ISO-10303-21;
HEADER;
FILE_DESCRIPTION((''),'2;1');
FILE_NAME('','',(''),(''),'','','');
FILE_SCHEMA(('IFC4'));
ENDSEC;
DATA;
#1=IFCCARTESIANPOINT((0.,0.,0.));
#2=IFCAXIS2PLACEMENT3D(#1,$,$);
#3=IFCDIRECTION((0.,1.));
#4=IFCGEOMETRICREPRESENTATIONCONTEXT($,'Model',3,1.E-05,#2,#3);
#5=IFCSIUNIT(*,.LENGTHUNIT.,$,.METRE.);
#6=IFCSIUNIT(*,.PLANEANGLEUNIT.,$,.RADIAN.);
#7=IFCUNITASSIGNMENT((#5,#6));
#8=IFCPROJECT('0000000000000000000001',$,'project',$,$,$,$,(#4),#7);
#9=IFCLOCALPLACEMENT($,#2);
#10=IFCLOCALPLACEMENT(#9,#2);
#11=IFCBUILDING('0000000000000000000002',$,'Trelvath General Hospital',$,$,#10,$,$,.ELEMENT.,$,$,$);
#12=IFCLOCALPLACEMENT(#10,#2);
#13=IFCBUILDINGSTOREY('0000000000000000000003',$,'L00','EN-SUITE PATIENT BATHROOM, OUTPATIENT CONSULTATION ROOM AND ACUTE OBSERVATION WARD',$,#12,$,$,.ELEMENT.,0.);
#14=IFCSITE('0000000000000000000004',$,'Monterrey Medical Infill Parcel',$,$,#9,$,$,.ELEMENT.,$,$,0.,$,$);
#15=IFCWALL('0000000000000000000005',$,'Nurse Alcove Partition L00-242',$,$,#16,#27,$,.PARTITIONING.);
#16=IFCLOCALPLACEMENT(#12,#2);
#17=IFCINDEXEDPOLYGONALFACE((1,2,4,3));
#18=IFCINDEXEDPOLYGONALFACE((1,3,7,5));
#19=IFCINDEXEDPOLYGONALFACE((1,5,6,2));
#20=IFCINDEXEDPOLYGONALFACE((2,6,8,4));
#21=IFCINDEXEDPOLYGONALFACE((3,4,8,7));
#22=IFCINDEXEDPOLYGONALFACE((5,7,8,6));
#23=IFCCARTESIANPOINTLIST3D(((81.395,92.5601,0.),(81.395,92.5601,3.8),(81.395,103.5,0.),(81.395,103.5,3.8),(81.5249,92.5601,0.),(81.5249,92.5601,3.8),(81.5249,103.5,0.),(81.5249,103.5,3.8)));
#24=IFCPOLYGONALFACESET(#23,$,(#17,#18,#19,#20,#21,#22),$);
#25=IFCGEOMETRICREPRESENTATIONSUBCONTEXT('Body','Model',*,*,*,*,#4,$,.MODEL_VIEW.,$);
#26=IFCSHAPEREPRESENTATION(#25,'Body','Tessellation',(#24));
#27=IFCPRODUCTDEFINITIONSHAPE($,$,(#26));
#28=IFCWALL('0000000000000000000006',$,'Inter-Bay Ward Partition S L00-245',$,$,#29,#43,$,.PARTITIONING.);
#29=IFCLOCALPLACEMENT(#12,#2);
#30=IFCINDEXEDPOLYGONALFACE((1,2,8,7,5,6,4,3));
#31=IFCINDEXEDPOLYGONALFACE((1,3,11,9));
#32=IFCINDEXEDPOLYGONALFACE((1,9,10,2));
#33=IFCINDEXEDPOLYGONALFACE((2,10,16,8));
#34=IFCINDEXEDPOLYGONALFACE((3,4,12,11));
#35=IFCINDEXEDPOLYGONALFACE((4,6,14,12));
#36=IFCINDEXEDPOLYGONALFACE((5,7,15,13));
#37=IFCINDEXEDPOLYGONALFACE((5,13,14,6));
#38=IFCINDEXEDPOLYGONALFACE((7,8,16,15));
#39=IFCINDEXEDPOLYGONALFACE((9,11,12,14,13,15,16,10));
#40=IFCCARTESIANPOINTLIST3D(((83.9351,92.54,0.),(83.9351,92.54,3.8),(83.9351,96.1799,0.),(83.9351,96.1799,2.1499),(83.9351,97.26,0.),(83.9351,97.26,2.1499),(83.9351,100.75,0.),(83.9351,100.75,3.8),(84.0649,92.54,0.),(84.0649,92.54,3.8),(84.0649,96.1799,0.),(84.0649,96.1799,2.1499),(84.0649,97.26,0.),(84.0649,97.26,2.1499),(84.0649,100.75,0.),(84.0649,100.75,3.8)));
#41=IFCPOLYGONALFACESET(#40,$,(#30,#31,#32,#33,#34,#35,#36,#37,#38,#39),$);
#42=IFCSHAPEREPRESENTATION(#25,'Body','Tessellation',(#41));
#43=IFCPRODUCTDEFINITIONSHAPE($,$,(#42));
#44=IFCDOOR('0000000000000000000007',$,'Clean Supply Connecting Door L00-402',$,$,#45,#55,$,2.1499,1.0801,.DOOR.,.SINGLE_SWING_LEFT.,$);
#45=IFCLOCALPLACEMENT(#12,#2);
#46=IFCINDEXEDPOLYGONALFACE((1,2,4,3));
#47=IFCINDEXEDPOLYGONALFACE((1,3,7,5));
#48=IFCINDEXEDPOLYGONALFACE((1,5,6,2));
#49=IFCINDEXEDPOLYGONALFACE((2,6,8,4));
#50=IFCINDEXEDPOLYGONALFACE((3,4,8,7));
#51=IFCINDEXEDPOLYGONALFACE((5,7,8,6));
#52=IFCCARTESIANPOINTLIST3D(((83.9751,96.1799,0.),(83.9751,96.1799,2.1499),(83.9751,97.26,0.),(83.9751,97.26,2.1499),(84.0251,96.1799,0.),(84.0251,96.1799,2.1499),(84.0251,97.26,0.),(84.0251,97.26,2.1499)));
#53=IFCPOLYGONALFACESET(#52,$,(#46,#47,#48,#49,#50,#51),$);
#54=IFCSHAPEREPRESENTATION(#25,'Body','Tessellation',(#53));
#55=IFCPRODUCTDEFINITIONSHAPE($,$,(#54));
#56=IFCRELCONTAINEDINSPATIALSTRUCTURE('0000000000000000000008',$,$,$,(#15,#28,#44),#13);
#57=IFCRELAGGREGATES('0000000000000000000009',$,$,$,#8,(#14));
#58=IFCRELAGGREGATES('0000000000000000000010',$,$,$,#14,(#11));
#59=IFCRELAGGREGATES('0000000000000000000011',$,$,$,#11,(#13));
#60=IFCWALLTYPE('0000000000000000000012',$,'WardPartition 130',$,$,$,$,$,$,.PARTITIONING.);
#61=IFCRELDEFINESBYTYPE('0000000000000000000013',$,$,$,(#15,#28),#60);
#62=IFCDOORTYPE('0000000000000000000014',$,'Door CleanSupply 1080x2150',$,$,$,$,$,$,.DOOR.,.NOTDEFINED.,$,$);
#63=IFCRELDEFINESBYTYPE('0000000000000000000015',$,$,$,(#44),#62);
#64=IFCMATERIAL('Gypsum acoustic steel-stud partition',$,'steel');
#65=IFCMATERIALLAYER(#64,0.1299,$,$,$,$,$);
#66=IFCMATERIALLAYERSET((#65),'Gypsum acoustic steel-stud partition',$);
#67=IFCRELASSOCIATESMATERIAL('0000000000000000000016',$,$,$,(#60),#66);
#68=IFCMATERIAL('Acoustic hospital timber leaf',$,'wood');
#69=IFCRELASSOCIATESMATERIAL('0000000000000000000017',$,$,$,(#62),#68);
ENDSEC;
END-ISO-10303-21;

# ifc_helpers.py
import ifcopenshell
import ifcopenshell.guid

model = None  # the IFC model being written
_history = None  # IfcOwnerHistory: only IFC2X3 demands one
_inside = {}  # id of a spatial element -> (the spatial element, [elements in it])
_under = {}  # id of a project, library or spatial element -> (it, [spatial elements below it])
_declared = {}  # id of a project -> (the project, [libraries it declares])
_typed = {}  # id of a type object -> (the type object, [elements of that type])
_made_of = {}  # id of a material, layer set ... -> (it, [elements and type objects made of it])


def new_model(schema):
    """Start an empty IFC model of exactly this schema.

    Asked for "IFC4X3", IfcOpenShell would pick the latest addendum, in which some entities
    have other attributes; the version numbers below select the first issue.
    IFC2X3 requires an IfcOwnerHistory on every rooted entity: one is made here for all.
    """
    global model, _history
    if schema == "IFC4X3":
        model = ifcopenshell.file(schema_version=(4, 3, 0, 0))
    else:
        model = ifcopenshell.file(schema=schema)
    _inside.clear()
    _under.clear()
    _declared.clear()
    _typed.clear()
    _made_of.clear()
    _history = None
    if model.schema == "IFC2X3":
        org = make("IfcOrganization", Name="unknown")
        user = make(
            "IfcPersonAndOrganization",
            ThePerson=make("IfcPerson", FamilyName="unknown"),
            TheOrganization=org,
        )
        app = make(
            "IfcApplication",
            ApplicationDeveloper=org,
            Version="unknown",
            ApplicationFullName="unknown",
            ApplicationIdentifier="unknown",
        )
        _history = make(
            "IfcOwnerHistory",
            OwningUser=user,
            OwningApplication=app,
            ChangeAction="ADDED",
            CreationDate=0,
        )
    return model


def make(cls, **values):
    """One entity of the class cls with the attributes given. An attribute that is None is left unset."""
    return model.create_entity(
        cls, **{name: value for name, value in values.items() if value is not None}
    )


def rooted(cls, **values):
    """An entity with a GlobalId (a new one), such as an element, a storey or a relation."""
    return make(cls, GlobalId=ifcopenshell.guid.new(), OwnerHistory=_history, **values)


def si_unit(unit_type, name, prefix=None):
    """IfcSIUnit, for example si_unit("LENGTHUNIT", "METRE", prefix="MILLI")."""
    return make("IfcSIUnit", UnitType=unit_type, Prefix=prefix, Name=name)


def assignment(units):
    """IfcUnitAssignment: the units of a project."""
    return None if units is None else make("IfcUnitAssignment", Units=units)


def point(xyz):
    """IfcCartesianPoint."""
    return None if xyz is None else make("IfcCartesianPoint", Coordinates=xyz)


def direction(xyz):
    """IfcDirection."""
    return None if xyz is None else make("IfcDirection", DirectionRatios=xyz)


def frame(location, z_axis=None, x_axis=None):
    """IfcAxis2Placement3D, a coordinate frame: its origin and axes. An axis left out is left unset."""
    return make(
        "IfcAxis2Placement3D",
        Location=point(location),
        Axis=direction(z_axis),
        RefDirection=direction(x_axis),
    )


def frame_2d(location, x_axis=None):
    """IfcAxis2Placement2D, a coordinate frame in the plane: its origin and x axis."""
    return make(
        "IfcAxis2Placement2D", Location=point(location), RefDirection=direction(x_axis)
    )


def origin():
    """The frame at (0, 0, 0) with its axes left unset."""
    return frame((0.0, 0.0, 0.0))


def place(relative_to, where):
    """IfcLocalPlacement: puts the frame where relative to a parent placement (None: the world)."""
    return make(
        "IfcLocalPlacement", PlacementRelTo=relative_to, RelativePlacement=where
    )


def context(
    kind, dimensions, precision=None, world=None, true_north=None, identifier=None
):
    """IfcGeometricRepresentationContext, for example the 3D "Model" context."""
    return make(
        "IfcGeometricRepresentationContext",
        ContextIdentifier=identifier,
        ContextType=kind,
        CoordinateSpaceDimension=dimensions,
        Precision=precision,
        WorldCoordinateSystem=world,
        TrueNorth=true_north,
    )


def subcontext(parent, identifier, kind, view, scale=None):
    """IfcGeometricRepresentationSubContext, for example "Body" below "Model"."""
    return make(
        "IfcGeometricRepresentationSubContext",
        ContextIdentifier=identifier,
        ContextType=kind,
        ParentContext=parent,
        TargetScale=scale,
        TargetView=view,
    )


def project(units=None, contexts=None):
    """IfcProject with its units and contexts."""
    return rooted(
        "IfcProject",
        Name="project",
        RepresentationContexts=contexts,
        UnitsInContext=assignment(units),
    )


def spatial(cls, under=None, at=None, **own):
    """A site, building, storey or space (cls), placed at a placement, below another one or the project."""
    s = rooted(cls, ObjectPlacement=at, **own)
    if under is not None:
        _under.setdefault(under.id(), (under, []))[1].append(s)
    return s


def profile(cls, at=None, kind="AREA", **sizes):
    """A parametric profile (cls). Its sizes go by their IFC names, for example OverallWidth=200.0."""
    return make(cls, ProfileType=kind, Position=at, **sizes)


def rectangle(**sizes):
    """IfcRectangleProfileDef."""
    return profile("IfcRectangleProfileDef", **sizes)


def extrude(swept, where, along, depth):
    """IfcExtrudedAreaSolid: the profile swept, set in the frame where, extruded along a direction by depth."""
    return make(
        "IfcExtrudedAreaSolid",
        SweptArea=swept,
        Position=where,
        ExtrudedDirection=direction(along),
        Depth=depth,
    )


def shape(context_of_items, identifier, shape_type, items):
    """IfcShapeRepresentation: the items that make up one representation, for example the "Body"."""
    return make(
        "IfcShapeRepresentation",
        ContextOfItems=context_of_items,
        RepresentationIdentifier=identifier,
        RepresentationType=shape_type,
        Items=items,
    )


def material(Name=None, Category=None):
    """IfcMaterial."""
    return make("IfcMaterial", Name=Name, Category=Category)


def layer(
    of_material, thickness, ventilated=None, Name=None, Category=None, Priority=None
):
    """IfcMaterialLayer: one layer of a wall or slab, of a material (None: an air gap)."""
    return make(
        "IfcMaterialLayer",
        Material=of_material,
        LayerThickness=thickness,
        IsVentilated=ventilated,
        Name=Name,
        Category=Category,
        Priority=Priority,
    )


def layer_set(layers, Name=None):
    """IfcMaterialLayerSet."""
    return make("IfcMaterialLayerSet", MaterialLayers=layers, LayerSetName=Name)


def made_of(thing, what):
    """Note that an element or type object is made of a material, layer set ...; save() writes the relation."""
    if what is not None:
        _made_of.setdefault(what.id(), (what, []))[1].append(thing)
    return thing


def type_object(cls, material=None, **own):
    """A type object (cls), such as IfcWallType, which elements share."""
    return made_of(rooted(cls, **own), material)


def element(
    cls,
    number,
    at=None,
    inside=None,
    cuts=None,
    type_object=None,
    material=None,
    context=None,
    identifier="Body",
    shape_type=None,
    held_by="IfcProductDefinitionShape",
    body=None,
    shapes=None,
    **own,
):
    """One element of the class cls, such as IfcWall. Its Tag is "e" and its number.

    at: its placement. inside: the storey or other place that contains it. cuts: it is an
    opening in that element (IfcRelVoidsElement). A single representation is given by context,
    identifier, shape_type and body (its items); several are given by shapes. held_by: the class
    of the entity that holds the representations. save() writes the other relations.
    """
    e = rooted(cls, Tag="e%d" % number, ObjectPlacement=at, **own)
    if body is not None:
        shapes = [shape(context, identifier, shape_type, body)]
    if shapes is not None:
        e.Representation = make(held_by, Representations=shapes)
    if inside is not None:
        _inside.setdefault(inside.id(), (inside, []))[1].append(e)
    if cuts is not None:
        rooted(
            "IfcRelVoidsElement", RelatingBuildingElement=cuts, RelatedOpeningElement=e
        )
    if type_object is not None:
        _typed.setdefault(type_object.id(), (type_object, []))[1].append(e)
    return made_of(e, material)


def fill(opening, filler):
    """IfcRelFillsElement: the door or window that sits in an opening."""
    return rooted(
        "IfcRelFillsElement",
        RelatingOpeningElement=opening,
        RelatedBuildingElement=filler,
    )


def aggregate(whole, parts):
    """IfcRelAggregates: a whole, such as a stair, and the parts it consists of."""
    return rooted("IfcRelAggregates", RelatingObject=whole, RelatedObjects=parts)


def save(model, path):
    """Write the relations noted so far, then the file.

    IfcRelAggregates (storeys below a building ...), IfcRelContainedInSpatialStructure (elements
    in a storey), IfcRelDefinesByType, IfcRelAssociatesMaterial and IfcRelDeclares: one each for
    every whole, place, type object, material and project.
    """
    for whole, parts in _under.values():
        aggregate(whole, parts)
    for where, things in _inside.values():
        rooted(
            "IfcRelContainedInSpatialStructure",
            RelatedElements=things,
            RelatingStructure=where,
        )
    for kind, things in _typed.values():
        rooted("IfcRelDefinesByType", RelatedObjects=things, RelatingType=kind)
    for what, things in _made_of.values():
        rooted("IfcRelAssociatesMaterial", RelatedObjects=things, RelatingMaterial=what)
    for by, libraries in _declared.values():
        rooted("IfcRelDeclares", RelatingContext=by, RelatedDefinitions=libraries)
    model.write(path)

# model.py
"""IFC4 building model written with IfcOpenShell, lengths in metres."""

from ifc_helpers import new_model, si_unit, direction, frame, frame_2d, origin, place, context, subcontext, project, spatial, rectangle, extrude, material, layer, layer_set, type_object, element, fill, save


model = new_model("IFC4")

# Units and contexts
model_context = context("Model", 3, precision=1e-05, world=origin(), true_north=direction((0.0, 1.0)))
body_context = subcontext(model_context, "Body", "Model", "MODEL_VIEW")
ifc_project = project(units=[si_unit("LENGTHUNIT", "METRE"), si_unit("PLANEANGLEUNIT", "RADIAN")], contexts=[model_context])

# Site, building, storey
site_placement = place(None, origin())
site = spatial("IfcSite", under=ifc_project, at=site_placement, Name="Monterrey Medical Infill Parcel", CompositionType="ELEMENT", RefElevation=0.0)
building_placement = place(site_placement, origin())
building = spatial("IfcBuilding", under=site, at=building_placement, Name="Trelvath General Hospital", CompositionType="ELEMENT")
storey_placement = place(building_placement, origin())
storey = spatial("IfcBuildingStorey", under=building, at=storey_placement, Name="L00", Description="EN-SUITE PATIENT BATHROOM, OUTPATIENT CONSULTATION ROOM AND ACUTE OBSERVATION WARD", CompositionType="ELEMENT", Elevation=0.0)

# Wall
ifc_material_1 = material(Name="Gypsum acoustic steel-stud partition", Category="steel")
ifc_layer_1 = layer(ifc_material_1, 0.1299)
ifc_layer_set_1 = layer_set([ifc_layer_1], Name="Gypsum acoustic steel-stud partition")
wall_type_1 = type_object("IfcWallType", Name="WardPartition 130", PredefinedType="PARTITIONING", material=ifc_layer_set_1)
for number, where, z_axis, x_axis, name in (
    (1, (81.46, 92.5601, 0.0), (0.0, 0.0, 1.0), (0.0, 1.0, 0.0), "Nurse Alcove Partition L00-242"),
):
    element("IfcWall", number, at=place(storey_placement, frame(where, z_axis=z_axis, x_axis=x_axis)), inside=storey, type_object=wall_type_1, Name=name, PredefinedType="PARTITIONING", context=body_context, shape_type="SweptSolid", body=[
        extrude(rectangle(XDim=10.9399, YDim=0.1299, at=frame_2d((5.47, 0.0))), origin(), (0.0, 0.0, 1.0), 3.8),
    ])

# Wall, opening, door
wall_1_placement = place(storey_placement, frame((84.0, 92.54, 0.0), z_axis=(0.0, 0.0, 1.0), x_axis=(0.0, 1.0, 0.0)))
wall_1 = element("IfcWall", 2, at=wall_1_placement, inside=storey, type_object=wall_type_1, Name="Inter-Bay Ward Partition S L00-245", PredefinedType="PARTITIONING", context=body_context, shape_type="SweptSolid", body=[
    extrude(rectangle(XDim=8.21, YDim=0.1299, at=frame_2d((4.105, 0.0))), origin(), (0.0, 0.0, 1.0), 3.8),
])
opening_1_placement = place(wall_1_placement, frame((3.6399, 0.0, 0.0)))
opening_1 = element("IfcOpeningElement", 3, at=opening_1_placement, cuts=wall_1, PredefinedType="OPENING", context=body_context, shape_type="SweptSolid", body=[
    extrude(rectangle(XDim=1.0801, YDim=2.1499, at=frame_2d((0.54, 1.075))), frame((0.0, 0.075, 0.0), z_axis=(0.0, -1.0, 0.0), x_axis=(1.0, 0.0, 0.0)), (0.0, 0.0, 1.0), 0.1499),
])
ifc_material_2 = material(Name="Acoustic hospital timber leaf", Category="wood")
door_type = type_object("IfcDoorType", Name="Door CleanSupply 1080x2150", OperationType="NOTDEFINED", PredefinedType="DOOR", material=ifc_material_2)
door_placement = place(opening_1_placement, origin())
door = element("IfcDoor", 4, at=door_placement, inside=storey, type_object=door_type, Name="Clean Supply Connecting Door L00-402", OperationType="SINGLE_SWING_LEFT", OverallHeight=2.1499, OverallWidth=1.0801, PredefinedType="DOOR", context=body_context, shape_type="SweptSolid", body=[
    extrude(rectangle(XDim=1.0801, YDim=2.1499, at=frame_2d((0.54, 1.075))), frame((0.0, 0.0249, 0.0), z_axis=(0.0, -1.0, 0.0), x_axis=(1.0, 0.0, 0.0)), (0.0, 0.0, 1.0), 0.05),
])
fill(opening_1, door)

save(model, "model.ifc")
